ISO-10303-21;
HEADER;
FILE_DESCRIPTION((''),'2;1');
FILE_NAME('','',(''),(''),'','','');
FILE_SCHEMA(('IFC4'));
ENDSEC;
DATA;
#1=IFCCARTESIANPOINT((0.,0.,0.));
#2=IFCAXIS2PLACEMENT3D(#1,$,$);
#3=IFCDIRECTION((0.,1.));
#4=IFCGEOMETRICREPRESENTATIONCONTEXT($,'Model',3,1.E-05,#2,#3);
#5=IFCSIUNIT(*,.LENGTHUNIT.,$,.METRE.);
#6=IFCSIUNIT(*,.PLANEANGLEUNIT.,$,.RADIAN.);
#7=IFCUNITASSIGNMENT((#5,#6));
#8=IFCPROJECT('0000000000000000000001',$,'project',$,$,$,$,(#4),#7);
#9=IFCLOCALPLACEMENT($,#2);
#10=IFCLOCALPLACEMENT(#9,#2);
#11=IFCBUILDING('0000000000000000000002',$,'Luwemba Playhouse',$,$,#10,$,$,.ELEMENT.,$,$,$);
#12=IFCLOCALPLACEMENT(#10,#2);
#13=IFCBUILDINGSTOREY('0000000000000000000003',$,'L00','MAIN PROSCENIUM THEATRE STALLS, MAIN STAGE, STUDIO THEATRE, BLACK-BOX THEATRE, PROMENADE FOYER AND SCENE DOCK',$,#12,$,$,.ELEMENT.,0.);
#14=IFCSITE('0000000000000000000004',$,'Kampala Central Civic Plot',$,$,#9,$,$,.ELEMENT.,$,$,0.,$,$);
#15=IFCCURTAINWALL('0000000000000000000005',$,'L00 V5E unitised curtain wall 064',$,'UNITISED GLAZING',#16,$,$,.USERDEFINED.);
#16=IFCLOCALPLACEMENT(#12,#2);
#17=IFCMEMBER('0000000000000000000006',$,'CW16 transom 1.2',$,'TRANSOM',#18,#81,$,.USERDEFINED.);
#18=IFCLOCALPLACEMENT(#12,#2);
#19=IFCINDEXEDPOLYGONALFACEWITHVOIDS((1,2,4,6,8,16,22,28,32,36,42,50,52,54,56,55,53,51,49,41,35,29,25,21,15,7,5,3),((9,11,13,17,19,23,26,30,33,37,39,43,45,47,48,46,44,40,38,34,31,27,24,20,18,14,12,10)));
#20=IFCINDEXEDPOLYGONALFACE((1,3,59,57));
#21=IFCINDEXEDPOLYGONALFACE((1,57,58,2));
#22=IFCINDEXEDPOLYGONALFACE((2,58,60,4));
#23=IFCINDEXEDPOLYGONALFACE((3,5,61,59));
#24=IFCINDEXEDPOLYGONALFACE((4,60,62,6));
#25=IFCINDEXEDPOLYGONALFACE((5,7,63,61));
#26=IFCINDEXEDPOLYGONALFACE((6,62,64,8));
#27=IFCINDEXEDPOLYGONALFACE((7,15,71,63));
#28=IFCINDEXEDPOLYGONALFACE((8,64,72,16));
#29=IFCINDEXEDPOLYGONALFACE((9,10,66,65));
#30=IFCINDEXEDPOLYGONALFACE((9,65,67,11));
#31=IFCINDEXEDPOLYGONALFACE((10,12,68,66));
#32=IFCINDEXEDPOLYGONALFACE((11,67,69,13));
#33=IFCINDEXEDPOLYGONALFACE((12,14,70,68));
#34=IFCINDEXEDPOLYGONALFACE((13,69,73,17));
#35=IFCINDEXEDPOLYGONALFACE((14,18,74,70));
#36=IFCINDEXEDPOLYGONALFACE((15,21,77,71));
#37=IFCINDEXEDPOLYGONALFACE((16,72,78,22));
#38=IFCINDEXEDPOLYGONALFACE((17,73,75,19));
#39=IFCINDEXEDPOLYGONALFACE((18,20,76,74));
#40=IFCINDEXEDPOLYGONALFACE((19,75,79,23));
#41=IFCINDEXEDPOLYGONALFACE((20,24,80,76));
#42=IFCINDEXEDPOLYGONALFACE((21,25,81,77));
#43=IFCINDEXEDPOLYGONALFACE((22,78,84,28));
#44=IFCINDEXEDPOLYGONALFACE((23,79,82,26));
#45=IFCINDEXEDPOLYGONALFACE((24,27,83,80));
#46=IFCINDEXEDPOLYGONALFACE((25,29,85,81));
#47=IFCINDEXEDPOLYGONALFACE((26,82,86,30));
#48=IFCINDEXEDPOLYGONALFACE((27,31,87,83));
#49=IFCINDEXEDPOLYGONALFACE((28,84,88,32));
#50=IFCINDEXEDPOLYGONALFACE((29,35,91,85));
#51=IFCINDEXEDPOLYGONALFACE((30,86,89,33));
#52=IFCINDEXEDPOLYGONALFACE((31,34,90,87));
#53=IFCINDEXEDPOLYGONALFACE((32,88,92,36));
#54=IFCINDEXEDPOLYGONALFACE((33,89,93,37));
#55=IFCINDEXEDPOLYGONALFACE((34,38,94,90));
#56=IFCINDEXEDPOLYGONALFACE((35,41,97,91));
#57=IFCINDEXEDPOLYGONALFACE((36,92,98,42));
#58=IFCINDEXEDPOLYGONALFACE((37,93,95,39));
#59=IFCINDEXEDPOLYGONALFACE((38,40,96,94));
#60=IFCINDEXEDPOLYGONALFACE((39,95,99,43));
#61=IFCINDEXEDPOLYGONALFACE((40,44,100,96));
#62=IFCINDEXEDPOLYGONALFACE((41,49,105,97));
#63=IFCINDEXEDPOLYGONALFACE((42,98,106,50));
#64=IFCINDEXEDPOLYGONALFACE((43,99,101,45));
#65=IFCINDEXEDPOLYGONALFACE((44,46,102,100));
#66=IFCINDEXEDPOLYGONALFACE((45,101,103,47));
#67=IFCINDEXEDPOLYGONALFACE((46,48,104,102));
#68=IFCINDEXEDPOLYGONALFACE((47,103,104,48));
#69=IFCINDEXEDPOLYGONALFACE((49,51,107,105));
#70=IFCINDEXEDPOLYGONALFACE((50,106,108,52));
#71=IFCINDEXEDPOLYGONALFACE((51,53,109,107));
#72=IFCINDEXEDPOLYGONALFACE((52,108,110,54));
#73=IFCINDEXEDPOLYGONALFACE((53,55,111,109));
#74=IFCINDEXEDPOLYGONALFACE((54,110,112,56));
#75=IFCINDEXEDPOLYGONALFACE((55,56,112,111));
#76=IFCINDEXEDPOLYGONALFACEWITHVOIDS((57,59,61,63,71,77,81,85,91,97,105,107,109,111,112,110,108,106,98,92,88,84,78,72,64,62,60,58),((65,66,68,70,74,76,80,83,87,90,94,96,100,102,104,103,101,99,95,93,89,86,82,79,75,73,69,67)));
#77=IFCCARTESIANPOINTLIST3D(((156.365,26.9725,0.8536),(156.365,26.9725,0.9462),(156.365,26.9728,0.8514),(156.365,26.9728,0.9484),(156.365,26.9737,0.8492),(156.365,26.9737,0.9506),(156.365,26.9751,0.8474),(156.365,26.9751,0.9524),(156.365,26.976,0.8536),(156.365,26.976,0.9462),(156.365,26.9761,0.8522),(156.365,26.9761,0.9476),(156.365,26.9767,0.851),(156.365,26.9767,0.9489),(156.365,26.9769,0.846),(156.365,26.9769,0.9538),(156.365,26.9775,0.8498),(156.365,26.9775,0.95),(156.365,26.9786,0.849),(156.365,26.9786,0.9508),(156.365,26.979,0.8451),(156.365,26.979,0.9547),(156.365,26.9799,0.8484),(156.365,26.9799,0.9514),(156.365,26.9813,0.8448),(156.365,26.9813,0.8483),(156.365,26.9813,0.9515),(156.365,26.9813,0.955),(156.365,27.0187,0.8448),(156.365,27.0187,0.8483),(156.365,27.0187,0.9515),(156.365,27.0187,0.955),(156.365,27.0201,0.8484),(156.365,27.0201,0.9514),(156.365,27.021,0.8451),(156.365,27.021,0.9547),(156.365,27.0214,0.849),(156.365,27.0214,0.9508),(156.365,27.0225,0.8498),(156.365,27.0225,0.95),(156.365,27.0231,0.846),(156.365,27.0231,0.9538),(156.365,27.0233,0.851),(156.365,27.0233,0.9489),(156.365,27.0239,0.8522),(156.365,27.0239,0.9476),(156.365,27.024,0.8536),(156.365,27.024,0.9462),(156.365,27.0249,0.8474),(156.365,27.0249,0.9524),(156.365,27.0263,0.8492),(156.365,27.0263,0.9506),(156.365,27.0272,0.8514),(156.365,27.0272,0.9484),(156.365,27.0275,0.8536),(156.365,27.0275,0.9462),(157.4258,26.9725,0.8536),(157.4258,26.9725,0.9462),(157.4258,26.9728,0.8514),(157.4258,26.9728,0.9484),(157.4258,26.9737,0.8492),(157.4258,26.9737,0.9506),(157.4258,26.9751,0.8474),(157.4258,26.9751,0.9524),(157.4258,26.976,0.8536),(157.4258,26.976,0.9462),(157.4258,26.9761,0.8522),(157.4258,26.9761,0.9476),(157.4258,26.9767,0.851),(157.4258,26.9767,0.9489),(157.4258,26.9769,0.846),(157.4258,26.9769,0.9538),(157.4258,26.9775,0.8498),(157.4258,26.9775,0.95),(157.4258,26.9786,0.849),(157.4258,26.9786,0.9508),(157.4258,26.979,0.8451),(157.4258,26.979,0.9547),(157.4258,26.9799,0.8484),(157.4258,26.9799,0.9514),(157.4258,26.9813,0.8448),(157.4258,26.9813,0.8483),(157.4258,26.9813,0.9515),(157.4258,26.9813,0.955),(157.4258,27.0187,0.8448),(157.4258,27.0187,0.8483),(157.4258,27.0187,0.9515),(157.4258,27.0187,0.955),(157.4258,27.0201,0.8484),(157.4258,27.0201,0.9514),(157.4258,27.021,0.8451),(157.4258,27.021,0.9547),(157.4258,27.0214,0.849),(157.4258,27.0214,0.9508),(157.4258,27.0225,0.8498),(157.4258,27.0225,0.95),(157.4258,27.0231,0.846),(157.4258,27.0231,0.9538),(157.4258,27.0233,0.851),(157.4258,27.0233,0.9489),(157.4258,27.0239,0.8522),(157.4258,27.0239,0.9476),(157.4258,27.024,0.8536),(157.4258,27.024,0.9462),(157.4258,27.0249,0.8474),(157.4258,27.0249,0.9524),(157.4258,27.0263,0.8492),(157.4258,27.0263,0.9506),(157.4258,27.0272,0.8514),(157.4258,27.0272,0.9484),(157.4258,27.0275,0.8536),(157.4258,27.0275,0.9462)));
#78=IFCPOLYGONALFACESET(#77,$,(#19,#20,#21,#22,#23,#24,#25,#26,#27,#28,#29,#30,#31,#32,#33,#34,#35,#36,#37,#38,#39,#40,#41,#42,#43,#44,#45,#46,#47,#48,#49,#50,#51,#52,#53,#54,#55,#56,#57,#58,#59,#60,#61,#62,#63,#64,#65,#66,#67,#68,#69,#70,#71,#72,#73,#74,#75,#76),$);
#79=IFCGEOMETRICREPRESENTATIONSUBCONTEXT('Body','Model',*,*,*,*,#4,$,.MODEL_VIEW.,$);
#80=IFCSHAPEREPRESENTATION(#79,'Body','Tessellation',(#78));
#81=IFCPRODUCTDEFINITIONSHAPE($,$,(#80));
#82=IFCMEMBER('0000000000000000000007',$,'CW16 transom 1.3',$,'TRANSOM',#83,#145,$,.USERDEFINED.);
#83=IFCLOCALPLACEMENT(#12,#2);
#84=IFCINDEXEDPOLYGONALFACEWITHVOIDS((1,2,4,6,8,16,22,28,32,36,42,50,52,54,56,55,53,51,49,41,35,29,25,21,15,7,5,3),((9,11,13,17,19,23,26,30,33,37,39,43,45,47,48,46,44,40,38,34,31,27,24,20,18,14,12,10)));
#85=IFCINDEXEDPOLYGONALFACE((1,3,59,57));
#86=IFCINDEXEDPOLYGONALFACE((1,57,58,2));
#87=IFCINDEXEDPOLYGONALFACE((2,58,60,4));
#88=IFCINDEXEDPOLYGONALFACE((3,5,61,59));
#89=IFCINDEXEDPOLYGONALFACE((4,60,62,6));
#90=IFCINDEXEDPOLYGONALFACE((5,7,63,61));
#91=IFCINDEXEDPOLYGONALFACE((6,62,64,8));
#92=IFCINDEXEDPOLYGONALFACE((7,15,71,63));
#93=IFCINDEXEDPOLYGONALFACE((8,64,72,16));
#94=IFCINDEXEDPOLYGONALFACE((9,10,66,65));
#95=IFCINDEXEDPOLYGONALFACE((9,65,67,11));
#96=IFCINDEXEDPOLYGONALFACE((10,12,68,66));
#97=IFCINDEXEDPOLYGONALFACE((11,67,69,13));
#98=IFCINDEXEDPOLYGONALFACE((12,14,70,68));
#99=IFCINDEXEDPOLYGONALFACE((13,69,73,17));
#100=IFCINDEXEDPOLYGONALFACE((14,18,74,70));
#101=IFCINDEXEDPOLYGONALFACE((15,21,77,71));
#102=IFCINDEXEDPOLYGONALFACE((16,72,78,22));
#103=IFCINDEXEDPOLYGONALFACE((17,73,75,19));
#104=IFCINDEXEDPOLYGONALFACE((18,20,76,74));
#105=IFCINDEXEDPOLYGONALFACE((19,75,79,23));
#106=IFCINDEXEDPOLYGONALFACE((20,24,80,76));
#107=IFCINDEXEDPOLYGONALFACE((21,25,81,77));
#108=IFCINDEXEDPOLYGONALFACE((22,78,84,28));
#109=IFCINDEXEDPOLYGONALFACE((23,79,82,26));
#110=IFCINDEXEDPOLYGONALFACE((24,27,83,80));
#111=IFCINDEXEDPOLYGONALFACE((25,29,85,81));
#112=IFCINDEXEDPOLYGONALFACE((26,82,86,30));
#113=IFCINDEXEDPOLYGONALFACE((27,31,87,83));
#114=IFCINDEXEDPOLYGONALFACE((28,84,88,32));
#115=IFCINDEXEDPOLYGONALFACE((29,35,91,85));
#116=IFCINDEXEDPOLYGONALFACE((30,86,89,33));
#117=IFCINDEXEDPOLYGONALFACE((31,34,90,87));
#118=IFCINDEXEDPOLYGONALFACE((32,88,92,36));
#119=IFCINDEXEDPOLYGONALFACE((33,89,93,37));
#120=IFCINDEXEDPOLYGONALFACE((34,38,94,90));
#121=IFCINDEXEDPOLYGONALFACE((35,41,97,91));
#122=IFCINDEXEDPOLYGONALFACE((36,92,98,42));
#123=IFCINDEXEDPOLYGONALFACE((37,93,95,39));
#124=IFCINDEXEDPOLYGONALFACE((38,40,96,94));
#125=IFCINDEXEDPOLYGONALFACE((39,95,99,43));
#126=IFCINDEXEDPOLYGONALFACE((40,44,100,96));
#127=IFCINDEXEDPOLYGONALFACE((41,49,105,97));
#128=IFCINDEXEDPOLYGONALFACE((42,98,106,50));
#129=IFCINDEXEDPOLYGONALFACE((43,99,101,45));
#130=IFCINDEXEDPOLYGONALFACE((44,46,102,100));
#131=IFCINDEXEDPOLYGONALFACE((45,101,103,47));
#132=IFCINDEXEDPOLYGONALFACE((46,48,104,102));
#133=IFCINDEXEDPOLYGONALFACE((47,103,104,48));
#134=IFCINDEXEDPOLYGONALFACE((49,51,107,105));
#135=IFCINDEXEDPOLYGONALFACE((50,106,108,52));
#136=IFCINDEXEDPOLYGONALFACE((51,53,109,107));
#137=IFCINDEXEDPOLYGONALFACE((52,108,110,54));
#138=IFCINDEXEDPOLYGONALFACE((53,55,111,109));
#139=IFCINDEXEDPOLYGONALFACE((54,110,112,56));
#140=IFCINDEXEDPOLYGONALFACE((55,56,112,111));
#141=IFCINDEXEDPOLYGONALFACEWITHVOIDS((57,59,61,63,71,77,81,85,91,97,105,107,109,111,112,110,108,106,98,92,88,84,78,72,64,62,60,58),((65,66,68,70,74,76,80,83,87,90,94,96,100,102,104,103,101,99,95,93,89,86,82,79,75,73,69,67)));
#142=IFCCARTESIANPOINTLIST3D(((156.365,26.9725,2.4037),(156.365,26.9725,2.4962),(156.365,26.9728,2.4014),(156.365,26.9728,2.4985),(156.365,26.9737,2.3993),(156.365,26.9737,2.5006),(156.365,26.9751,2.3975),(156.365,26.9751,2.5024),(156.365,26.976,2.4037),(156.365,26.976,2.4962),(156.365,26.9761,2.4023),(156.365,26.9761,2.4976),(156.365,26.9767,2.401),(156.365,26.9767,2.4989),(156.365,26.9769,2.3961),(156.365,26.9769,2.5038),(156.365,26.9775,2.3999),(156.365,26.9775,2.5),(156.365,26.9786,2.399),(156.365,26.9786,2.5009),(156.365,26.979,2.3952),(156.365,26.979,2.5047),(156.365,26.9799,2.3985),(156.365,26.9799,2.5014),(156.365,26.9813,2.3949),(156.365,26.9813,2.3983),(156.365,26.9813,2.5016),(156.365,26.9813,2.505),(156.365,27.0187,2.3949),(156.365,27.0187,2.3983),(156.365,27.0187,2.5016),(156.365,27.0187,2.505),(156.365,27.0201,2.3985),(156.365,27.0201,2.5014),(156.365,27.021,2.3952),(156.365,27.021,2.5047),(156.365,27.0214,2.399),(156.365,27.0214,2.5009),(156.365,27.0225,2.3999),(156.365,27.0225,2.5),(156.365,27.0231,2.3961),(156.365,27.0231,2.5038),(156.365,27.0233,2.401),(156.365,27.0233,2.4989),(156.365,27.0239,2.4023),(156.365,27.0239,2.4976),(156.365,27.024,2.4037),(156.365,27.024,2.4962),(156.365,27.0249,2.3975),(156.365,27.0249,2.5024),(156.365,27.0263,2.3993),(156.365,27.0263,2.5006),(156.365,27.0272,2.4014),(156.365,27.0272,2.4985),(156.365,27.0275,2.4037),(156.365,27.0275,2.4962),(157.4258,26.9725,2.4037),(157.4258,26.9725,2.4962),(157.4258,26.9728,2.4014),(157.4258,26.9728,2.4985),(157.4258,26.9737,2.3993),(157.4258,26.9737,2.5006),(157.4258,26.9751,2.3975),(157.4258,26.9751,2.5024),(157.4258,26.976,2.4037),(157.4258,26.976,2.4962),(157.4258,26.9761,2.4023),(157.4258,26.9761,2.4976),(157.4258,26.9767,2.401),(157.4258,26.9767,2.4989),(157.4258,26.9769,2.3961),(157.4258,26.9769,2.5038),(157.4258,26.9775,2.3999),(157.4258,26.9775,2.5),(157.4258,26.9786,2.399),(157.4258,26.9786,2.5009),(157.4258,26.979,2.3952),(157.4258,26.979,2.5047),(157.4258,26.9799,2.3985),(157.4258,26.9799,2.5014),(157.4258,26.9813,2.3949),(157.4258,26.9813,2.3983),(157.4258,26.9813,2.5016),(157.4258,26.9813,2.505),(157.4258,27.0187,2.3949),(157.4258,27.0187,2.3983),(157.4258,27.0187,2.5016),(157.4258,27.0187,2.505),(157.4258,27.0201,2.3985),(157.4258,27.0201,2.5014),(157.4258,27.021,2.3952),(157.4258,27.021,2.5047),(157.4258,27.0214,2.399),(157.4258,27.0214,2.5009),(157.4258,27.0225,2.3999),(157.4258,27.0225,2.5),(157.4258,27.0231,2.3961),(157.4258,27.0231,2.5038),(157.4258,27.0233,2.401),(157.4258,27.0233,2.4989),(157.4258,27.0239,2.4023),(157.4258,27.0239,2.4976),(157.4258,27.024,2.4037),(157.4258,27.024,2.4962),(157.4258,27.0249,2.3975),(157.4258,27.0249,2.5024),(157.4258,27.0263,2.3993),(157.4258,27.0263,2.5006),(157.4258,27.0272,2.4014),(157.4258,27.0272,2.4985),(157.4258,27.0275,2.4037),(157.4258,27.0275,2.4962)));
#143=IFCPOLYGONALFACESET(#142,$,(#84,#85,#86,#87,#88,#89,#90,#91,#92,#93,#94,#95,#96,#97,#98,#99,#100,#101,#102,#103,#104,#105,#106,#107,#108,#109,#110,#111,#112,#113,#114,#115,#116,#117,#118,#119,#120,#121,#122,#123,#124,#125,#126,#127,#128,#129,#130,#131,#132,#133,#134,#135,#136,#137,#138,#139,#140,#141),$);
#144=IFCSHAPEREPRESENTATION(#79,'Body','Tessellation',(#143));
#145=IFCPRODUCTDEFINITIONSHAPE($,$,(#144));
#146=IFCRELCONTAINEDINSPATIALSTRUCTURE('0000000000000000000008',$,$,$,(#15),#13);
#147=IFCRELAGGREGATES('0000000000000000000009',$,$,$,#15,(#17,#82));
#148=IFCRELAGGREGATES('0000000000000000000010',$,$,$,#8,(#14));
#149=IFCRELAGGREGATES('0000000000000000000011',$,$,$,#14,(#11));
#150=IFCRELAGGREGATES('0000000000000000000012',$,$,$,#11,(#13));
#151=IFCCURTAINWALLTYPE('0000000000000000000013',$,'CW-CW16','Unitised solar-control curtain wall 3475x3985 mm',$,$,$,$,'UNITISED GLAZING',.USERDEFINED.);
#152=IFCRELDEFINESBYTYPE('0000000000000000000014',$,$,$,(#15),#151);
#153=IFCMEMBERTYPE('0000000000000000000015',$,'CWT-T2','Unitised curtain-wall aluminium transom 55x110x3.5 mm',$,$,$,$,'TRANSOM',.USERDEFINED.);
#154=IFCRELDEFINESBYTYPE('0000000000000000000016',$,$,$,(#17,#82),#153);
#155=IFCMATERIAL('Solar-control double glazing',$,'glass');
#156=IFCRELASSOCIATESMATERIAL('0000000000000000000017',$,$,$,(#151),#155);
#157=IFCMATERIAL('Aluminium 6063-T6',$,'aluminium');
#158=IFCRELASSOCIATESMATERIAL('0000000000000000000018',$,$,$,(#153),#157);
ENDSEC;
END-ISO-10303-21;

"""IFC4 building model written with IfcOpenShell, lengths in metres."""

from ifc_helpers import new_model, si_unit, direction, frame, origin, origin_2d, place, context, subcontext, project, spatial, hollow_rectangle, extrude, material, material_profile, profile_set, type_object, element, aggregate, save


model = new_model("IFC4")

# Units and contexts
model_context = context("Model", 3, precision=1e-05, world=origin(), true_north=direction((0.0, 1.0)))
body_context = subcontext(model_context, "Body", "Model", "MODEL_VIEW")
ifc_project = project(units=[si_unit("LENGTHUNIT", "METRE"), si_unit("PLANEANGLEUNIT", "RADIAN")], contexts=[model_context])

# Site, building, storey
site_placement = place(None, origin())
site = spatial("IfcSite", under=ifc_project, at=site_placement, Name="Kampala Central Civic Plot", CompositionType="ELEMENT", RefElevation=0.0)
building_placement = place(site_placement, origin())
building = spatial("IfcBuilding", under=site, at=building_placement, Name="Luwemba Playhouse", CompositionType="ELEMENT")
storey_placement = place(building_placement, origin())
storey = spatial("IfcBuildingStorey", under=building, at=storey_placement, Name="L00", Description="MAIN PROSCENIUM THEATRE STALLS, MAIN STAGE, STUDIO THEATRE, BLACK-BOX THEATRE, PROMENADE FOYER AND SCENE DOCK", CompositionType="ELEMENT", Elevation=0.0)

# Curtain wall, members
ifc_material_1 = material(Name="Solar-control double glazing", Category="glass")
curtain_wall_type = type_object("IfcCurtainWallType", Name="CW-CW16", Description="Unitised solar-control curtain wall 3475x3985 mm", ElementType="UNITISED GLAZING", PredefinedType="USERDEFINED", material=ifc_material_1)
curtain_wall_placement = place(storey_placement, origin())
curtain_wall = element("IfcCurtainWall", 1, at=curtain_wall_placement, inside=storey, type_object=curtain_wall_type, Name="L00 V5E unitised curtain wall 064", ObjectType="UNITISED GLAZING", PredefinedType="USERDEFINED")
ifc_material_2 = material(Name="Aluminium 6063-T6", Category="aluminium")
ifc_material_profile_1 = material_profile(ifc_material_2, hollow_rectangle(XDim=0.0549, YDim=0.1101, WallThickness=0.0034, InnerFilletRadius=0.0054, OuterFilletRadius=0.0088, at=origin_2d()))
ifc_profile_set_1 = profile_set([ifc_material_profile_1], Name="Aluminium 6063-T6")
member_type_1 = type_object("IfcMemberType", Name="CWT-T2", Description="Unitised curtain-wall aluminium transom 55x110x3.5 mm", ElementType="TRANSOM", PredefinedType="USERDEFINED", material=ifc_profile_set_1)
member_1_placement = place(storey_placement, frame((156.365, 27.0, 0.8999), z_axis=(1.0, 0.0, 0.0), x_axis=(0.0, 1.0, 0.0)))
member_1 = element("IfcMember", 2, at=member_1_placement, type_object=member_type_1, Name="CW16 transom 1.2", ObjectType="TRANSOM", PredefinedType="USERDEFINED", context=body_context, shape_type="SweptSolid", body=[
    extrude(hollow_rectangle(XDim=0.0549, YDim=0.1101, WallThickness=0.0034, InnerFilletRadius=0.0054, OuterFilletRadius=0.0088, at=origin_2d()), origin(), (0.0, 0.0, 1.0), 1.0608),
])
member_2_placement = place(storey_placement, frame((156.365, 27.0, 2.45), z_axis=(1.0, 0.0, 0.0), x_axis=(0.0, 1.0, 0.0)))
member_2 = element("IfcMember", 3, at=member_2_placement, type_object=member_type_1, Name="CW16 transom 1.3", ObjectType="TRANSOM", PredefinedType="USERDEFINED", context=body_context, shape_type="SweptSolid", body=[
    extrude(hollow_rectangle(XDim=0.0549, YDim=0.1101, WallThickness=0.0034, InnerFilletRadius=0.0054, OuterFilletRadius=0.0088, at=origin_2d()), origin(), (0.0, 0.0, 1.0), 1.0608),
])
aggregate(curtain_wall, [member_1, member_2])

save(model, "model.ifc")
